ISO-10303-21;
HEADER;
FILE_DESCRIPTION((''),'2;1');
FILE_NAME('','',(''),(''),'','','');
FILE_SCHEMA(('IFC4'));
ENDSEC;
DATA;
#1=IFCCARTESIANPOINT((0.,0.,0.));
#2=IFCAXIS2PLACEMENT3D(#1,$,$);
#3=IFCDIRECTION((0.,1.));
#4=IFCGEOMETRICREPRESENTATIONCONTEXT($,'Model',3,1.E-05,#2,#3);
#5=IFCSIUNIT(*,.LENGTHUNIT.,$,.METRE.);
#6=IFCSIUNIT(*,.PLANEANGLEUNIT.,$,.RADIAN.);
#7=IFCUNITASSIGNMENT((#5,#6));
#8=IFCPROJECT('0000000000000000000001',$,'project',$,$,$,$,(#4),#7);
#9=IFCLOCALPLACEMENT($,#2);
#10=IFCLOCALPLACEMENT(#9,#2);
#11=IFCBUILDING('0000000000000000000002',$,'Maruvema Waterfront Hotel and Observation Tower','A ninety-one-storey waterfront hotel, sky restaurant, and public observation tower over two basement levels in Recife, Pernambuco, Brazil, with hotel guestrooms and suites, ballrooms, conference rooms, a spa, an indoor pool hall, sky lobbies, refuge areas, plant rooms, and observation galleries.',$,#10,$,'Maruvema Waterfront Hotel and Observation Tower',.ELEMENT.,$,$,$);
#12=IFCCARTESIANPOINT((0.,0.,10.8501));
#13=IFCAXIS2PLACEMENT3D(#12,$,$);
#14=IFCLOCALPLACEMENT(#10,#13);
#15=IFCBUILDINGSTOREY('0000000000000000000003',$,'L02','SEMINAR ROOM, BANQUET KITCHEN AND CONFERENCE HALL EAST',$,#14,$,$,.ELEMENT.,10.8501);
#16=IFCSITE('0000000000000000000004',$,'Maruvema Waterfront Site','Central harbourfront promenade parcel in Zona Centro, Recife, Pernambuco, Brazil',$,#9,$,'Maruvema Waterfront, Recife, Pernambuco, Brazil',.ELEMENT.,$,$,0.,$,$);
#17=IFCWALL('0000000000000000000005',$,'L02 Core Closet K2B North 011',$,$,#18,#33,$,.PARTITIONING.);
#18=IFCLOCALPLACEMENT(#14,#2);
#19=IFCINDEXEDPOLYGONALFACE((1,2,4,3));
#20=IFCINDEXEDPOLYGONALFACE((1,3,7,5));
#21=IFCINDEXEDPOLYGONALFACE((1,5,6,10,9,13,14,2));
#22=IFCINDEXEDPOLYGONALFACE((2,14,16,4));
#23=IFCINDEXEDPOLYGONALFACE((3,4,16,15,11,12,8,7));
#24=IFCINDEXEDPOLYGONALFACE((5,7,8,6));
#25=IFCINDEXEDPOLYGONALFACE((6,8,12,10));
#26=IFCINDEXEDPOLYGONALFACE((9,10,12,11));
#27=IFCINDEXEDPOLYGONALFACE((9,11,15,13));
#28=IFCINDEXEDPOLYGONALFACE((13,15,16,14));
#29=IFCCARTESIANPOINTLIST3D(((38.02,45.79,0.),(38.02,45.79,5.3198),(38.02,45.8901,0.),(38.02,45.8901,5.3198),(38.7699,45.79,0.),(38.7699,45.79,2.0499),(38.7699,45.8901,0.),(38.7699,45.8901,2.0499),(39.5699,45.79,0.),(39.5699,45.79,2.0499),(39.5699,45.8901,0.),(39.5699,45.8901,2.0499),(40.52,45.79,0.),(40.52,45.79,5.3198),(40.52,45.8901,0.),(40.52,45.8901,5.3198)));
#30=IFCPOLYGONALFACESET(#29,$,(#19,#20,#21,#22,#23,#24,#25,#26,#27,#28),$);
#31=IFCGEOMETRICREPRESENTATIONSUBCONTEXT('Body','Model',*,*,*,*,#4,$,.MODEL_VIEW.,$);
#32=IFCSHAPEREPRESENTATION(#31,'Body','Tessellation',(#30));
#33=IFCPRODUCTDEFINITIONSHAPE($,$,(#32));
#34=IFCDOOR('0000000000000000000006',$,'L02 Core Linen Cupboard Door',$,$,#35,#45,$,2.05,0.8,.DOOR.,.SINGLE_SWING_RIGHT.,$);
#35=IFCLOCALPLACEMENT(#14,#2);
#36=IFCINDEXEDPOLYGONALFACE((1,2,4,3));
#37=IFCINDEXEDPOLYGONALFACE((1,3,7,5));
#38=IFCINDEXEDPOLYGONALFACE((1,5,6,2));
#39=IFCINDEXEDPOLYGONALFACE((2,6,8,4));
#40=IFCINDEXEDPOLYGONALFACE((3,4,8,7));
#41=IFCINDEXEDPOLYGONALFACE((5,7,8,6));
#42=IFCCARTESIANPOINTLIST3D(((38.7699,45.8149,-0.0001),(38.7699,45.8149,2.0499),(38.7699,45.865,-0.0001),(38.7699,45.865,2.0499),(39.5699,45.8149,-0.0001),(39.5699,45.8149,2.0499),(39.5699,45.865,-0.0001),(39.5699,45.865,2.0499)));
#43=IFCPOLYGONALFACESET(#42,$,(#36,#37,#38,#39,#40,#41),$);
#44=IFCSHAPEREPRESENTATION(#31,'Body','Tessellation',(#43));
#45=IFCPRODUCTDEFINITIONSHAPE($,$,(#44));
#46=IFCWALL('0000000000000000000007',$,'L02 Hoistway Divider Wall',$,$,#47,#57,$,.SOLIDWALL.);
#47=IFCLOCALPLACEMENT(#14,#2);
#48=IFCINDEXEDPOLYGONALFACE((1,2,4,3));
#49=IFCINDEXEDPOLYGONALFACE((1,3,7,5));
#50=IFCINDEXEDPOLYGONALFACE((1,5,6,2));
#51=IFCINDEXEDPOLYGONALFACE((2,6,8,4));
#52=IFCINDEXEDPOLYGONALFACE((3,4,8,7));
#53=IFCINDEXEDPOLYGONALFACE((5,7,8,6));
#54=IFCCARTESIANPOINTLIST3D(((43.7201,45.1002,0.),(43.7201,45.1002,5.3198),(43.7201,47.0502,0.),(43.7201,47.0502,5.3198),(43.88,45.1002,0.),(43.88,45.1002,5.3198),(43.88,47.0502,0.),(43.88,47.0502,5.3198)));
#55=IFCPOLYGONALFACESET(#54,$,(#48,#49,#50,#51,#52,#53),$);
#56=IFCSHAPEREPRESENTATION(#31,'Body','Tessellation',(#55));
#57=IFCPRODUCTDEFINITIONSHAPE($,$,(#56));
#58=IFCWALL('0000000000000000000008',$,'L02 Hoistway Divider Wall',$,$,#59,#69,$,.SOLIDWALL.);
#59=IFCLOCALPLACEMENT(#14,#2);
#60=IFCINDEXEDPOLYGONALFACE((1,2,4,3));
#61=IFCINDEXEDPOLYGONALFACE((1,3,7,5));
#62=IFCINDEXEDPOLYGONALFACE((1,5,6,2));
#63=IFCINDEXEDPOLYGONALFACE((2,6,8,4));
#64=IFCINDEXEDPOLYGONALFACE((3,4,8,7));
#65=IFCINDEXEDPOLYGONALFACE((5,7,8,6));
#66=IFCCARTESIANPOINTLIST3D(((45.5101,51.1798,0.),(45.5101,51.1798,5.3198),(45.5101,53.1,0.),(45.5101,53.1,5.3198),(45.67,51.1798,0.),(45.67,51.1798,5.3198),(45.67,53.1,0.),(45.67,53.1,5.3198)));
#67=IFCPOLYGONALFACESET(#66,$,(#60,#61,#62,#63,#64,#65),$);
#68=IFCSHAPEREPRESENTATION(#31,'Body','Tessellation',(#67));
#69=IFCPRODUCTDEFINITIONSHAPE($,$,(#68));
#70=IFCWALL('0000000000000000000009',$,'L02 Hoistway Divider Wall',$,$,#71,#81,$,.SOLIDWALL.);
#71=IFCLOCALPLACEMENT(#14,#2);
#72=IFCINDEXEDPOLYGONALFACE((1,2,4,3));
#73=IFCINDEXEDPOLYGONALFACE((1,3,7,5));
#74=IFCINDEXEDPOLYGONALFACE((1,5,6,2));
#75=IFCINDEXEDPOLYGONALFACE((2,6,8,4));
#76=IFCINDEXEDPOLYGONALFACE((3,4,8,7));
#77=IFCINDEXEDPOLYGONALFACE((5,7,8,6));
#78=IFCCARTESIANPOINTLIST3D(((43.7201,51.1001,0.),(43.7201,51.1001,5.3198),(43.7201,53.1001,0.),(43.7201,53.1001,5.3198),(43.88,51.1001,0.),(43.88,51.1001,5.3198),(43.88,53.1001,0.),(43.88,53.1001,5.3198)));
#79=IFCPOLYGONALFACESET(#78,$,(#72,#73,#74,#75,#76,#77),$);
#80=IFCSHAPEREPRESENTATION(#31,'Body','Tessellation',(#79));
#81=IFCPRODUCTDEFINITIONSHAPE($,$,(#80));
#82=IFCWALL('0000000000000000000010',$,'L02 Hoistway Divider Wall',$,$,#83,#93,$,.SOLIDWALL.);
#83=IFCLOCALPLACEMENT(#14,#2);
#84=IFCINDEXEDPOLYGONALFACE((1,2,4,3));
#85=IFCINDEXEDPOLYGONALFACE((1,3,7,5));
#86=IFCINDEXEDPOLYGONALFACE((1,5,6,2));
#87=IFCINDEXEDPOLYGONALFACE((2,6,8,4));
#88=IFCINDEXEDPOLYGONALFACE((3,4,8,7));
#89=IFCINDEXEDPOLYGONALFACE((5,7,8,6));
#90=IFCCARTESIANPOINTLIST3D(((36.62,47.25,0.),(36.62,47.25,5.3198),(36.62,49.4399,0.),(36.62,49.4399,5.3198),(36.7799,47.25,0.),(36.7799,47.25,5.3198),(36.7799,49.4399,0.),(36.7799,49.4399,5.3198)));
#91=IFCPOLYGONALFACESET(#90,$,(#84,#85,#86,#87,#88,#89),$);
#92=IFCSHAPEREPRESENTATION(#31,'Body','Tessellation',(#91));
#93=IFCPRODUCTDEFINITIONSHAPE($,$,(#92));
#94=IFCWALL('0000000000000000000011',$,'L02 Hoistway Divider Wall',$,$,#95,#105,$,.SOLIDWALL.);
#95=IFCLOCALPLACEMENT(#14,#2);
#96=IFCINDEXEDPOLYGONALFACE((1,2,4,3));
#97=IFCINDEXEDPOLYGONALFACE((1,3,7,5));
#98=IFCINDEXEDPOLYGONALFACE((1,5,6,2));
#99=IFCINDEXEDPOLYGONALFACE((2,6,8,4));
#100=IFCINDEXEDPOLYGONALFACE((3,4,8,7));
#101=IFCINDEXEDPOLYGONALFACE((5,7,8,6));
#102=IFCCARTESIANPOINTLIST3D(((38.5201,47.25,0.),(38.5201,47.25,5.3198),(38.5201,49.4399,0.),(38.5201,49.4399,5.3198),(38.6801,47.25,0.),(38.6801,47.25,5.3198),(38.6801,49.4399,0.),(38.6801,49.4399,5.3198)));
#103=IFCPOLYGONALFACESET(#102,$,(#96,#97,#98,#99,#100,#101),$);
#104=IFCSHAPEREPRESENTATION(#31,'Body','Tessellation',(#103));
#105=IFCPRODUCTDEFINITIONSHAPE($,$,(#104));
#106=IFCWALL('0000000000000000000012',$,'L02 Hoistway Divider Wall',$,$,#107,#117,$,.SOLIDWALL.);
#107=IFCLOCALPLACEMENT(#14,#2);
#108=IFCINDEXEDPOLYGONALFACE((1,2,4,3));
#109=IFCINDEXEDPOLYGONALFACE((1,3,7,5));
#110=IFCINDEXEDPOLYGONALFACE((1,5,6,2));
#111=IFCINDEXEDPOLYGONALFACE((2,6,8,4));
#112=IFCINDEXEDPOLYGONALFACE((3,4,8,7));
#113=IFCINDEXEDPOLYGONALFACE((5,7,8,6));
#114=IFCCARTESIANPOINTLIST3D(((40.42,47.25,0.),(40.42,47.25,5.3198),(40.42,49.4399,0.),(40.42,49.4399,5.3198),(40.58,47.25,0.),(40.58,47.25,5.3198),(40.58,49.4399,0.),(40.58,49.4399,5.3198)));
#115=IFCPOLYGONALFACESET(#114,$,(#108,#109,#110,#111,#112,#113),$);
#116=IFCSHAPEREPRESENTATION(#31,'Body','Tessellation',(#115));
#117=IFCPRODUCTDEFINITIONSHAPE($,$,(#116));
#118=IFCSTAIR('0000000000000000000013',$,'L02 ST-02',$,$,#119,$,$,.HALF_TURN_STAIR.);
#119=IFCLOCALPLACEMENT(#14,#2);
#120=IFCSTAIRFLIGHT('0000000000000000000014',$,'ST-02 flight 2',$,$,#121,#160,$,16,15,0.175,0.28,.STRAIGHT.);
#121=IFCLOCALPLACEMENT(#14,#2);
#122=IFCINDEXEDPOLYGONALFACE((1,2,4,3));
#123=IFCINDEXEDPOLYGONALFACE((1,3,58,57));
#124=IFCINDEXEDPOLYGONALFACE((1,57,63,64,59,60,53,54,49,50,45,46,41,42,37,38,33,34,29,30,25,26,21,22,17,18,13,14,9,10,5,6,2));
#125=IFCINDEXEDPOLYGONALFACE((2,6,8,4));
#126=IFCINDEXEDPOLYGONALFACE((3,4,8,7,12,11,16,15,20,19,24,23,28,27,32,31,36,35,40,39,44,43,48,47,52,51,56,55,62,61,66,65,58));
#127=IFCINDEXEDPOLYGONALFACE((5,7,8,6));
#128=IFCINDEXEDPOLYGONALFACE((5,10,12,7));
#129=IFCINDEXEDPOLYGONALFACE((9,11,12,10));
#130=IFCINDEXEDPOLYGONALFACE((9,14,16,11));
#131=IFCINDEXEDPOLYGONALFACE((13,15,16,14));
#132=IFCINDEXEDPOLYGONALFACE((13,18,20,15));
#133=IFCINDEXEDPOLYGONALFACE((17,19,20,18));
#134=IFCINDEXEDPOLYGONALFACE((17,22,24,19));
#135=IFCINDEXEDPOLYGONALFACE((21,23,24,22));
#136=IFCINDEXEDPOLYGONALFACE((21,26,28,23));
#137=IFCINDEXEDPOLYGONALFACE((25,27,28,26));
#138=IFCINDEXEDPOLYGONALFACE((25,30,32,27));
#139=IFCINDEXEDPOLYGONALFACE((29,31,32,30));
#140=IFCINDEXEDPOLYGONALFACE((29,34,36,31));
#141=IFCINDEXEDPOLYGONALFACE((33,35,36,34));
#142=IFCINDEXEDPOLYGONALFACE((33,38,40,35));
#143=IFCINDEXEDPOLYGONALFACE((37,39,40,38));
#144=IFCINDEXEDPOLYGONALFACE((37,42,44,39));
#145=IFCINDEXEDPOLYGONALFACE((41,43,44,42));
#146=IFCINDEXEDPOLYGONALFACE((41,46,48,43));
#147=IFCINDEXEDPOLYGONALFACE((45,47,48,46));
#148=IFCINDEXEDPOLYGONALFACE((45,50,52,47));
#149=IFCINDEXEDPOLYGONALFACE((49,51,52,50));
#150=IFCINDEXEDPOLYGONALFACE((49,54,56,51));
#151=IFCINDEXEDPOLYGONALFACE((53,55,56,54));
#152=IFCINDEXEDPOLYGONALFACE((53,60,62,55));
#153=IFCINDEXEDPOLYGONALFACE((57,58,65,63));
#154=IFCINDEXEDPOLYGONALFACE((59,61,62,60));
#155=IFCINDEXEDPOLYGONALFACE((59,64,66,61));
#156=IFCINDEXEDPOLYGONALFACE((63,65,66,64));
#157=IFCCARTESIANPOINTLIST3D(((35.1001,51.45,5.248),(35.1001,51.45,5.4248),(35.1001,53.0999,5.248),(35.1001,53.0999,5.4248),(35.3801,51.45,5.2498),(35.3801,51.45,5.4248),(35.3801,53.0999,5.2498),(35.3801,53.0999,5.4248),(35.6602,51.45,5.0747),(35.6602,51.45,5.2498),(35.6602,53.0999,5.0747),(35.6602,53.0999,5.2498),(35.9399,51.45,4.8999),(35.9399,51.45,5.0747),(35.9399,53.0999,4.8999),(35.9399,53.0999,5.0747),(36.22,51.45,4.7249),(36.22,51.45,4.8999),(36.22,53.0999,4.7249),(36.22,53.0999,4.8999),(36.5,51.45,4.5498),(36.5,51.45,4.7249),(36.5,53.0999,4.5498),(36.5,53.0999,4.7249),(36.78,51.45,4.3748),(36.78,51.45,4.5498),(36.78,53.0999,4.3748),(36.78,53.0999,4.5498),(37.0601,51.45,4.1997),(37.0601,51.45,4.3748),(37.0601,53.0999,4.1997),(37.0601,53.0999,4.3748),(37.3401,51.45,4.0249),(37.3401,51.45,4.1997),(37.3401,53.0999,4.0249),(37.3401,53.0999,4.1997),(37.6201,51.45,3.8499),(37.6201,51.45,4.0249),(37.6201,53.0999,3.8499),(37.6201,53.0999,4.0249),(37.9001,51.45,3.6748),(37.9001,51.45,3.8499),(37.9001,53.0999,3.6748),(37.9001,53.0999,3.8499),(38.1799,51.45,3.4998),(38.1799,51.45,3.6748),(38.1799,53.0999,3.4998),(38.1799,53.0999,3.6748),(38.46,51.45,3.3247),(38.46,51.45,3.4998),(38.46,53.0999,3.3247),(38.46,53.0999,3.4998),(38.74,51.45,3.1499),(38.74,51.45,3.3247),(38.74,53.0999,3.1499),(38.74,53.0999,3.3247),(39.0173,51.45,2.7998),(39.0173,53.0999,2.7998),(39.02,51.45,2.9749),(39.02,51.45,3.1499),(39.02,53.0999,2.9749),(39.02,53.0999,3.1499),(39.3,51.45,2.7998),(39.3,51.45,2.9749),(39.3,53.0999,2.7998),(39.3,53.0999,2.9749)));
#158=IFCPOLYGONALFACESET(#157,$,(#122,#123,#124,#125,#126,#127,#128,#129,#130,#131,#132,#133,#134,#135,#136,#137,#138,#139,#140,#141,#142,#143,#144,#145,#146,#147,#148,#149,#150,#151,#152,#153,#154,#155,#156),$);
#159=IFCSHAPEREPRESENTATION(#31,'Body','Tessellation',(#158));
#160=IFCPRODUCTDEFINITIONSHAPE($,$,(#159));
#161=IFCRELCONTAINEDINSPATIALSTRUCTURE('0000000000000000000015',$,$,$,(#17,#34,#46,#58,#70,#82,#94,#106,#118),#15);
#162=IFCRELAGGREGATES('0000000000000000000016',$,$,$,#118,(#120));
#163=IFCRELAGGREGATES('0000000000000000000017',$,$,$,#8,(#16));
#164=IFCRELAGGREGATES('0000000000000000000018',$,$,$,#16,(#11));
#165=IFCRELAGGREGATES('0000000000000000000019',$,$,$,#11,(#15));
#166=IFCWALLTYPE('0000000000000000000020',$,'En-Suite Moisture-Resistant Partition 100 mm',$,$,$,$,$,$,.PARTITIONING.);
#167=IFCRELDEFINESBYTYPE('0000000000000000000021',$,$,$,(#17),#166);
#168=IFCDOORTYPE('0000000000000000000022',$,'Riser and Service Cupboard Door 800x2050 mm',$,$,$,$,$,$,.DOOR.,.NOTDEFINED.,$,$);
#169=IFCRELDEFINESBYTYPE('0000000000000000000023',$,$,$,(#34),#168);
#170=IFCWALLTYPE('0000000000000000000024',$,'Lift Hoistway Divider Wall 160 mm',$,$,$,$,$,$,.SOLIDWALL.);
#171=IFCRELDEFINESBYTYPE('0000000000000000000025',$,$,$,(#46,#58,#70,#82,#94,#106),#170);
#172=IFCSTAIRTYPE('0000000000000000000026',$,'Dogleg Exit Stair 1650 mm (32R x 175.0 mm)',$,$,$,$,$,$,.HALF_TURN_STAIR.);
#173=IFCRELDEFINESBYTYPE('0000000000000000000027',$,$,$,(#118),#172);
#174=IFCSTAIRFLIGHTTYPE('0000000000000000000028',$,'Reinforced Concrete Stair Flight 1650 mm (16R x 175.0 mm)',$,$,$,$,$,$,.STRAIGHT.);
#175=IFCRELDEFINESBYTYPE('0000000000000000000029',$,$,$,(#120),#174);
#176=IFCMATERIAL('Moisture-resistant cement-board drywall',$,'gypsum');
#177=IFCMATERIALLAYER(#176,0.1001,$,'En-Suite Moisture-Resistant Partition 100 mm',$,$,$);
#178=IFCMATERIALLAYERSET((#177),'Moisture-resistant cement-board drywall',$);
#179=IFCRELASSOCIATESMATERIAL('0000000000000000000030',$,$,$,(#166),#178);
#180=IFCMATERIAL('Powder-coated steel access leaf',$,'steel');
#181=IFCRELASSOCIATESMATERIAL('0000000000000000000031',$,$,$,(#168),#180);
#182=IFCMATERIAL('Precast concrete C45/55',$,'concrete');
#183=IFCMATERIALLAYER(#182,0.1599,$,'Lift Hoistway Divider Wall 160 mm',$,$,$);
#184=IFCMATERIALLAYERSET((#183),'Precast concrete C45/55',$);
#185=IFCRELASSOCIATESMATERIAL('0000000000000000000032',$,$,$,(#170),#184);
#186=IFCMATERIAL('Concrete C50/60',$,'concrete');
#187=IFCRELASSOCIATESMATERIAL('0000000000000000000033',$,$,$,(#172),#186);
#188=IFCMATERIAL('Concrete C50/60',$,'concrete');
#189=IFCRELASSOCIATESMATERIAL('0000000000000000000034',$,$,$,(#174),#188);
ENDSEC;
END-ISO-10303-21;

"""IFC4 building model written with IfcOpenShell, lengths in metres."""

from ifc_helpers import new_model, si_unit, direction, frame, frame_2d, origin, place, context, subcontext, project, spatial, polyline, rectangle, outline, extrude, material, layer, layer_set, type_object, element, fill, aggregate, save


model = new_model("IFC4")

# Units and contexts
model_context = context("Model", 3, precision=1e-05, world=origin(), true_north=direction((0.0, 1.0)))
body_context = subcontext(model_context, "Body", "Model", "MODEL_VIEW")
ifc_project = project(units=[si_unit("LENGTHUNIT", "METRE"), si_unit("PLANEANGLEUNIT", "RADIAN")], contexts=[model_context])

# Site, building, storey
site_placement = place(None, origin())
site = spatial("IfcSite", under=ifc_project, at=site_placement, Name="Maruvema Waterfront Site", Description="Central harbourfront promenade parcel in Zona Centro, Recife, Pernambuco, Brazil", LongName="Maruvema Waterfront, Recife, Pernambuco, Brazil", CompositionType="ELEMENT", RefElevation=0.0)
building_placement = place(site_placement, origin())
building = spatial("IfcBuilding", under=site, at=building_placement, Name="Maruvema Waterfront Hotel and Observation Tower", Description="A ninety-one-storey waterfront hotel, sky restaurant, and public observation tower over two basement levels in Recife, Pernambuco, Brazil, with hotel guestrooms and suites, ballrooms, conference rooms, a spa, an indoor pool hall, sky lobbies, refuge areas, plant rooms, and observation galleries.", LongName="Maruvema Waterfront Hotel and Observation Tower", CompositionType="ELEMENT")
storey_placement = place(building_placement, frame((0.0, 0.0, 10.8501)))
storey = spatial("IfcBuildingStorey", under=building, at=storey_placement, Name="L02", Description="SEMINAR ROOM, BANQUET KITCHEN AND CONFERENCE HALL EAST", CompositionType="ELEMENT", Elevation=10.8501)

# Wall, opening, door
ifc_material_1 = material(Name="Moisture-resistant cement-board drywall", Category="gypsum")
ifc_layer_1 = layer(ifc_material_1, 0.1001, Name="En-Suite Moisture-Resistant Partition 100 mm")
ifc_layer_set_1 = layer_set([ifc_layer_1], Name="Moisture-resistant cement-board drywall")
wall_type_1 = type_object("IfcWallType", Name="En-Suite Moisture-Resistant Partition 100 mm", PredefinedType="PARTITIONING", material=ifc_layer_set_1)
ifc_material_2 = material(Name="Powder-coated steel access leaf", Category="steel")
door_type = type_object("IfcDoorType", Name="Riser and Service Cupboard Door 800x2050 mm", OperationType="NOTDEFINED", PredefinedType="DOOR", material=ifc_material_2)
wall_1_placement = place(storey_placement, frame((38.02, 45.8401, 0.0), z_axis=(0.0, 0.0, 1.0), x_axis=(1.0, 0.0, 0.0)))
wall_1 = element("IfcWall", 1, at=wall_1_placement, inside=storey, type_object=wall_type_1, Name="L02 Core Closet K2B North 011", PredefinedType="PARTITIONING", context=body_context, shape_type="SweptSolid", body=[
    extrude(rectangle(XDim=2.5, YDim=0.1001, at=frame_2d((1.25, 0.0))), origin(), (0.0, 0.0, 1.0), 5.3198),
])
opening_1_placement = place(wall_1_placement, frame((0.75, 0.0, 0.0)))
opening_1 = element("IfcOpeningElement", 2, at=opening_1_placement, cuts=wall_1, PredefinedType="OPENING", context=body_context, shape_type="SweptSolid", body=[
    extrude(rectangle(XDim=0.8, YDim=2.05, at=frame_2d((0.3999, 1.0249))), frame((0.0, 0.0601, 0.0), z_axis=(0.0, -1.0, 0.0), x_axis=(1.0, 0.0, 0.0)), (0.0, 0.0, 1.0), 0.1201),
])
door_1_placement = place(opening_1_placement, origin())
door_1 = element("IfcDoor", 3, at=door_1_placement, inside=storey, type_object=door_type, Name="L02 Core Linen Cupboard Door", OperationType="SINGLE_SWING_RIGHT", OverallHeight=2.05, OverallWidth=0.8, PredefinedType="DOOR", context=body_context, shape_type="SweptSolid", body=[
    extrude(rectangle(XDim=0.8, YDim=2.05, at=frame_2d((0.3999, 1.0249))), frame((0.0, 0.0249, 0.0), z_axis=(0.0, -1.0, 0.0), x_axis=(1.0, 0.0, 0.0)), (0.0, 0.0, 1.0), 0.05),
])
fill(opening_1, door_1)

# Walls
ifc_material_3 = material(Name="Precast concrete C45/55", Category="concrete")
ifc_layer_2 = layer(ifc_material_3, 0.1599, Name="Lift Hoistway Divider Wall 160 mm")
ifc_layer_set_2 = layer_set([ifc_layer_2], Name="Precast concrete C45/55")
wall_type_2 = type_object("IfcWallType", Name="Lift Hoistway Divider Wall 160 mm", PredefinedType="SOLIDWALL", material=ifc_layer_set_2)
wall_2_placement = place(storey_placement, frame((43.8, 45.1001, 0.0), z_axis=(0.0, 0.0, 1.0), x_axis=(0.0, 1.0, 0.0)))
element("IfcWall", 4, at=wall_2_placement, inside=storey, type_object=wall_type_2, Name="L02 Hoistway Divider Wall", PredefinedType="SOLIDWALL", context=body_context, shape_type="SweptSolid", body=[
    extrude(rectangle(XDim=1.95, YDim=0.1599, at=frame_2d((0.9751, 0.0))), origin(), (0.0, 0.0, 1.0), 5.3198),
])
wall_3_placement = place(storey_placement, frame((45.5901, 51.1799, 0.0), z_axis=(0.0, 0.0, 1.0), x_axis=(0.0, 1.0, 0.0)))
element("IfcWall", 5, at=wall_3_placement, inside=storey, type_object=wall_type_2, Name="L02 Hoistway Divider Wall", PredefinedType="SOLIDWALL", context=body_context, shape_type="SweptSolid", body=[
    extrude(rectangle(XDim=1.9202, YDim=0.1599, at=frame_2d((0.96, 0.0))), origin(), (0.0, 0.0, 1.0), 5.3198),
])
wall_4_placement = place(storey_placement, frame((43.8, 51.1001, 0.0), z_axis=(0.0, 0.0, 1.0), x_axis=(0.0, 1.0, 0.0)))
element("IfcWall", 6, at=wall_4_placement, inside=storey, type_object=wall_type_2, Name="L02 Hoistway Divider Wall", PredefinedType="SOLIDWALL", context=body_context, shape_type="SweptSolid", body=[
    extrude(rectangle(XDim=2.0, YDim=0.1599, at=frame_2d((1.0, 0.0))), origin(), (0.0, 0.0, 1.0), 5.3198),
])
for number, where, z_axis, x_axis, name in (
    (7, (36.7, 47.25, 0.0), (0.0, 0.0, 1.0), (0.0, 1.0, 0.0), "L02 Hoistway Divider Wall"),
    (8, (38.6001, 47.25, 0.0), (0.0, 0.0, 1.0), (0.0, 1.0, 0.0), "L02 Hoistway Divider Wall"),
    (9, (40.5, 47.25, 0.0), (0.0, 0.0, 1.0), (0.0, 1.0, 0.0), "L02 Hoistway Divider Wall"),
):
    element("IfcWall", number, at=place(storey_placement, frame(where, z_axis=z_axis, x_axis=x_axis)), inside=storey, type_object=wall_type_2, Name=name, PredefinedType="SOLIDWALL", context=body_context, shape_type="SweptSolid", body=[
        extrude(rectangle(XDim=2.1899, YDim=0.1599, at=frame_2d((1.095, 0.0))), origin(), (0.0, 0.0, 1.0), 5.3198),
    ])

# Stair, stair flight
ifc_material_4 = material(Name="Concrete C50/60", Category="concrete")
stair_type = type_object("IfcStairType", Name="Dogleg Exit Stair 1650 mm (32R x 175.0 mm)", PredefinedType="HALF_TURN_STAIR", material=ifc_material_4)
stair_1_placement = place(storey_placement, origin())
stair_1 = element("IfcStair", 10, at=stair_1_placement, inside=storey, type_object=stair_type, Name="L02 ST-02", PredefinedType="HALF_TURN_STAIR")
ifc_material_5 = material(Name="Concrete C50/60", Category="concrete")
stair_flight_type = type_object("IfcStairFlightType", Name="Reinforced Concrete Stair Flight 1650 mm (16R x 175.0 mm)", PredefinedType="STRAIGHT", material=ifc_material_5)
stair_flight_1_placement = place(storey_placement, frame((39.3, 52.2749, 2.7998), z_axis=(0.0, 0.0, 1.0), x_axis=(-1.0, 0.0, 0.0)))
stair_flight_1 = element("IfcStairFlight", 11, at=stair_flight_1_placement, type_object=stair_flight_type, Name="ST-02 flight 2", NumberOfRisers=16, NumberOfTreads=15, PredefinedType="STRAIGHT", RiserHeight=0.175, TreadLength=0.28, context=body_context, shape_type="SweptSolid", body=[
    extrude(outline(polyline([(0.0, 0.0), (0.0, 0.175), (0.28, 0.175), (0.28, 0.3501), (0.5601, 0.3501), (0.5601, 0.5249), (0.8401, 0.5249), (0.8401, 0.7), (1.1201, 0.7), (1.1201, 0.875), (1.3999, 0.875), (1.3999, 1.05), (1.6799, 1.05), (1.6799, 1.2251), (1.96, 1.2251), (1.96, 1.3999), (2.24, 1.3999), (2.24, 1.575), (2.52, 1.575), (2.52, 1.75), (2.8, 1.75), (2.8, 1.925), (3.0801, 1.925), (3.0801, 2.1001), (3.3601, 2.1001), (3.3601, 2.2749), (3.6399, 2.2749), (3.6399, 2.45), (3.9199, 2.45), (3.9199, 2.625), (4.2, 2.625), (4.2, 2.8), (4.2, 2.4482), (0.2827, 0.0), (0.0, 0.0)])), frame((0.0, 0.825, 0.0), z_axis=(0.0, -1.0, 0.0), x_axis=(1.0, 0.0, 0.0)), (0.0, 0.0, 1.0), 1.6499),
])
aggregate(stair_1, [stair_flight_1])

save(model, "model.ifc")
